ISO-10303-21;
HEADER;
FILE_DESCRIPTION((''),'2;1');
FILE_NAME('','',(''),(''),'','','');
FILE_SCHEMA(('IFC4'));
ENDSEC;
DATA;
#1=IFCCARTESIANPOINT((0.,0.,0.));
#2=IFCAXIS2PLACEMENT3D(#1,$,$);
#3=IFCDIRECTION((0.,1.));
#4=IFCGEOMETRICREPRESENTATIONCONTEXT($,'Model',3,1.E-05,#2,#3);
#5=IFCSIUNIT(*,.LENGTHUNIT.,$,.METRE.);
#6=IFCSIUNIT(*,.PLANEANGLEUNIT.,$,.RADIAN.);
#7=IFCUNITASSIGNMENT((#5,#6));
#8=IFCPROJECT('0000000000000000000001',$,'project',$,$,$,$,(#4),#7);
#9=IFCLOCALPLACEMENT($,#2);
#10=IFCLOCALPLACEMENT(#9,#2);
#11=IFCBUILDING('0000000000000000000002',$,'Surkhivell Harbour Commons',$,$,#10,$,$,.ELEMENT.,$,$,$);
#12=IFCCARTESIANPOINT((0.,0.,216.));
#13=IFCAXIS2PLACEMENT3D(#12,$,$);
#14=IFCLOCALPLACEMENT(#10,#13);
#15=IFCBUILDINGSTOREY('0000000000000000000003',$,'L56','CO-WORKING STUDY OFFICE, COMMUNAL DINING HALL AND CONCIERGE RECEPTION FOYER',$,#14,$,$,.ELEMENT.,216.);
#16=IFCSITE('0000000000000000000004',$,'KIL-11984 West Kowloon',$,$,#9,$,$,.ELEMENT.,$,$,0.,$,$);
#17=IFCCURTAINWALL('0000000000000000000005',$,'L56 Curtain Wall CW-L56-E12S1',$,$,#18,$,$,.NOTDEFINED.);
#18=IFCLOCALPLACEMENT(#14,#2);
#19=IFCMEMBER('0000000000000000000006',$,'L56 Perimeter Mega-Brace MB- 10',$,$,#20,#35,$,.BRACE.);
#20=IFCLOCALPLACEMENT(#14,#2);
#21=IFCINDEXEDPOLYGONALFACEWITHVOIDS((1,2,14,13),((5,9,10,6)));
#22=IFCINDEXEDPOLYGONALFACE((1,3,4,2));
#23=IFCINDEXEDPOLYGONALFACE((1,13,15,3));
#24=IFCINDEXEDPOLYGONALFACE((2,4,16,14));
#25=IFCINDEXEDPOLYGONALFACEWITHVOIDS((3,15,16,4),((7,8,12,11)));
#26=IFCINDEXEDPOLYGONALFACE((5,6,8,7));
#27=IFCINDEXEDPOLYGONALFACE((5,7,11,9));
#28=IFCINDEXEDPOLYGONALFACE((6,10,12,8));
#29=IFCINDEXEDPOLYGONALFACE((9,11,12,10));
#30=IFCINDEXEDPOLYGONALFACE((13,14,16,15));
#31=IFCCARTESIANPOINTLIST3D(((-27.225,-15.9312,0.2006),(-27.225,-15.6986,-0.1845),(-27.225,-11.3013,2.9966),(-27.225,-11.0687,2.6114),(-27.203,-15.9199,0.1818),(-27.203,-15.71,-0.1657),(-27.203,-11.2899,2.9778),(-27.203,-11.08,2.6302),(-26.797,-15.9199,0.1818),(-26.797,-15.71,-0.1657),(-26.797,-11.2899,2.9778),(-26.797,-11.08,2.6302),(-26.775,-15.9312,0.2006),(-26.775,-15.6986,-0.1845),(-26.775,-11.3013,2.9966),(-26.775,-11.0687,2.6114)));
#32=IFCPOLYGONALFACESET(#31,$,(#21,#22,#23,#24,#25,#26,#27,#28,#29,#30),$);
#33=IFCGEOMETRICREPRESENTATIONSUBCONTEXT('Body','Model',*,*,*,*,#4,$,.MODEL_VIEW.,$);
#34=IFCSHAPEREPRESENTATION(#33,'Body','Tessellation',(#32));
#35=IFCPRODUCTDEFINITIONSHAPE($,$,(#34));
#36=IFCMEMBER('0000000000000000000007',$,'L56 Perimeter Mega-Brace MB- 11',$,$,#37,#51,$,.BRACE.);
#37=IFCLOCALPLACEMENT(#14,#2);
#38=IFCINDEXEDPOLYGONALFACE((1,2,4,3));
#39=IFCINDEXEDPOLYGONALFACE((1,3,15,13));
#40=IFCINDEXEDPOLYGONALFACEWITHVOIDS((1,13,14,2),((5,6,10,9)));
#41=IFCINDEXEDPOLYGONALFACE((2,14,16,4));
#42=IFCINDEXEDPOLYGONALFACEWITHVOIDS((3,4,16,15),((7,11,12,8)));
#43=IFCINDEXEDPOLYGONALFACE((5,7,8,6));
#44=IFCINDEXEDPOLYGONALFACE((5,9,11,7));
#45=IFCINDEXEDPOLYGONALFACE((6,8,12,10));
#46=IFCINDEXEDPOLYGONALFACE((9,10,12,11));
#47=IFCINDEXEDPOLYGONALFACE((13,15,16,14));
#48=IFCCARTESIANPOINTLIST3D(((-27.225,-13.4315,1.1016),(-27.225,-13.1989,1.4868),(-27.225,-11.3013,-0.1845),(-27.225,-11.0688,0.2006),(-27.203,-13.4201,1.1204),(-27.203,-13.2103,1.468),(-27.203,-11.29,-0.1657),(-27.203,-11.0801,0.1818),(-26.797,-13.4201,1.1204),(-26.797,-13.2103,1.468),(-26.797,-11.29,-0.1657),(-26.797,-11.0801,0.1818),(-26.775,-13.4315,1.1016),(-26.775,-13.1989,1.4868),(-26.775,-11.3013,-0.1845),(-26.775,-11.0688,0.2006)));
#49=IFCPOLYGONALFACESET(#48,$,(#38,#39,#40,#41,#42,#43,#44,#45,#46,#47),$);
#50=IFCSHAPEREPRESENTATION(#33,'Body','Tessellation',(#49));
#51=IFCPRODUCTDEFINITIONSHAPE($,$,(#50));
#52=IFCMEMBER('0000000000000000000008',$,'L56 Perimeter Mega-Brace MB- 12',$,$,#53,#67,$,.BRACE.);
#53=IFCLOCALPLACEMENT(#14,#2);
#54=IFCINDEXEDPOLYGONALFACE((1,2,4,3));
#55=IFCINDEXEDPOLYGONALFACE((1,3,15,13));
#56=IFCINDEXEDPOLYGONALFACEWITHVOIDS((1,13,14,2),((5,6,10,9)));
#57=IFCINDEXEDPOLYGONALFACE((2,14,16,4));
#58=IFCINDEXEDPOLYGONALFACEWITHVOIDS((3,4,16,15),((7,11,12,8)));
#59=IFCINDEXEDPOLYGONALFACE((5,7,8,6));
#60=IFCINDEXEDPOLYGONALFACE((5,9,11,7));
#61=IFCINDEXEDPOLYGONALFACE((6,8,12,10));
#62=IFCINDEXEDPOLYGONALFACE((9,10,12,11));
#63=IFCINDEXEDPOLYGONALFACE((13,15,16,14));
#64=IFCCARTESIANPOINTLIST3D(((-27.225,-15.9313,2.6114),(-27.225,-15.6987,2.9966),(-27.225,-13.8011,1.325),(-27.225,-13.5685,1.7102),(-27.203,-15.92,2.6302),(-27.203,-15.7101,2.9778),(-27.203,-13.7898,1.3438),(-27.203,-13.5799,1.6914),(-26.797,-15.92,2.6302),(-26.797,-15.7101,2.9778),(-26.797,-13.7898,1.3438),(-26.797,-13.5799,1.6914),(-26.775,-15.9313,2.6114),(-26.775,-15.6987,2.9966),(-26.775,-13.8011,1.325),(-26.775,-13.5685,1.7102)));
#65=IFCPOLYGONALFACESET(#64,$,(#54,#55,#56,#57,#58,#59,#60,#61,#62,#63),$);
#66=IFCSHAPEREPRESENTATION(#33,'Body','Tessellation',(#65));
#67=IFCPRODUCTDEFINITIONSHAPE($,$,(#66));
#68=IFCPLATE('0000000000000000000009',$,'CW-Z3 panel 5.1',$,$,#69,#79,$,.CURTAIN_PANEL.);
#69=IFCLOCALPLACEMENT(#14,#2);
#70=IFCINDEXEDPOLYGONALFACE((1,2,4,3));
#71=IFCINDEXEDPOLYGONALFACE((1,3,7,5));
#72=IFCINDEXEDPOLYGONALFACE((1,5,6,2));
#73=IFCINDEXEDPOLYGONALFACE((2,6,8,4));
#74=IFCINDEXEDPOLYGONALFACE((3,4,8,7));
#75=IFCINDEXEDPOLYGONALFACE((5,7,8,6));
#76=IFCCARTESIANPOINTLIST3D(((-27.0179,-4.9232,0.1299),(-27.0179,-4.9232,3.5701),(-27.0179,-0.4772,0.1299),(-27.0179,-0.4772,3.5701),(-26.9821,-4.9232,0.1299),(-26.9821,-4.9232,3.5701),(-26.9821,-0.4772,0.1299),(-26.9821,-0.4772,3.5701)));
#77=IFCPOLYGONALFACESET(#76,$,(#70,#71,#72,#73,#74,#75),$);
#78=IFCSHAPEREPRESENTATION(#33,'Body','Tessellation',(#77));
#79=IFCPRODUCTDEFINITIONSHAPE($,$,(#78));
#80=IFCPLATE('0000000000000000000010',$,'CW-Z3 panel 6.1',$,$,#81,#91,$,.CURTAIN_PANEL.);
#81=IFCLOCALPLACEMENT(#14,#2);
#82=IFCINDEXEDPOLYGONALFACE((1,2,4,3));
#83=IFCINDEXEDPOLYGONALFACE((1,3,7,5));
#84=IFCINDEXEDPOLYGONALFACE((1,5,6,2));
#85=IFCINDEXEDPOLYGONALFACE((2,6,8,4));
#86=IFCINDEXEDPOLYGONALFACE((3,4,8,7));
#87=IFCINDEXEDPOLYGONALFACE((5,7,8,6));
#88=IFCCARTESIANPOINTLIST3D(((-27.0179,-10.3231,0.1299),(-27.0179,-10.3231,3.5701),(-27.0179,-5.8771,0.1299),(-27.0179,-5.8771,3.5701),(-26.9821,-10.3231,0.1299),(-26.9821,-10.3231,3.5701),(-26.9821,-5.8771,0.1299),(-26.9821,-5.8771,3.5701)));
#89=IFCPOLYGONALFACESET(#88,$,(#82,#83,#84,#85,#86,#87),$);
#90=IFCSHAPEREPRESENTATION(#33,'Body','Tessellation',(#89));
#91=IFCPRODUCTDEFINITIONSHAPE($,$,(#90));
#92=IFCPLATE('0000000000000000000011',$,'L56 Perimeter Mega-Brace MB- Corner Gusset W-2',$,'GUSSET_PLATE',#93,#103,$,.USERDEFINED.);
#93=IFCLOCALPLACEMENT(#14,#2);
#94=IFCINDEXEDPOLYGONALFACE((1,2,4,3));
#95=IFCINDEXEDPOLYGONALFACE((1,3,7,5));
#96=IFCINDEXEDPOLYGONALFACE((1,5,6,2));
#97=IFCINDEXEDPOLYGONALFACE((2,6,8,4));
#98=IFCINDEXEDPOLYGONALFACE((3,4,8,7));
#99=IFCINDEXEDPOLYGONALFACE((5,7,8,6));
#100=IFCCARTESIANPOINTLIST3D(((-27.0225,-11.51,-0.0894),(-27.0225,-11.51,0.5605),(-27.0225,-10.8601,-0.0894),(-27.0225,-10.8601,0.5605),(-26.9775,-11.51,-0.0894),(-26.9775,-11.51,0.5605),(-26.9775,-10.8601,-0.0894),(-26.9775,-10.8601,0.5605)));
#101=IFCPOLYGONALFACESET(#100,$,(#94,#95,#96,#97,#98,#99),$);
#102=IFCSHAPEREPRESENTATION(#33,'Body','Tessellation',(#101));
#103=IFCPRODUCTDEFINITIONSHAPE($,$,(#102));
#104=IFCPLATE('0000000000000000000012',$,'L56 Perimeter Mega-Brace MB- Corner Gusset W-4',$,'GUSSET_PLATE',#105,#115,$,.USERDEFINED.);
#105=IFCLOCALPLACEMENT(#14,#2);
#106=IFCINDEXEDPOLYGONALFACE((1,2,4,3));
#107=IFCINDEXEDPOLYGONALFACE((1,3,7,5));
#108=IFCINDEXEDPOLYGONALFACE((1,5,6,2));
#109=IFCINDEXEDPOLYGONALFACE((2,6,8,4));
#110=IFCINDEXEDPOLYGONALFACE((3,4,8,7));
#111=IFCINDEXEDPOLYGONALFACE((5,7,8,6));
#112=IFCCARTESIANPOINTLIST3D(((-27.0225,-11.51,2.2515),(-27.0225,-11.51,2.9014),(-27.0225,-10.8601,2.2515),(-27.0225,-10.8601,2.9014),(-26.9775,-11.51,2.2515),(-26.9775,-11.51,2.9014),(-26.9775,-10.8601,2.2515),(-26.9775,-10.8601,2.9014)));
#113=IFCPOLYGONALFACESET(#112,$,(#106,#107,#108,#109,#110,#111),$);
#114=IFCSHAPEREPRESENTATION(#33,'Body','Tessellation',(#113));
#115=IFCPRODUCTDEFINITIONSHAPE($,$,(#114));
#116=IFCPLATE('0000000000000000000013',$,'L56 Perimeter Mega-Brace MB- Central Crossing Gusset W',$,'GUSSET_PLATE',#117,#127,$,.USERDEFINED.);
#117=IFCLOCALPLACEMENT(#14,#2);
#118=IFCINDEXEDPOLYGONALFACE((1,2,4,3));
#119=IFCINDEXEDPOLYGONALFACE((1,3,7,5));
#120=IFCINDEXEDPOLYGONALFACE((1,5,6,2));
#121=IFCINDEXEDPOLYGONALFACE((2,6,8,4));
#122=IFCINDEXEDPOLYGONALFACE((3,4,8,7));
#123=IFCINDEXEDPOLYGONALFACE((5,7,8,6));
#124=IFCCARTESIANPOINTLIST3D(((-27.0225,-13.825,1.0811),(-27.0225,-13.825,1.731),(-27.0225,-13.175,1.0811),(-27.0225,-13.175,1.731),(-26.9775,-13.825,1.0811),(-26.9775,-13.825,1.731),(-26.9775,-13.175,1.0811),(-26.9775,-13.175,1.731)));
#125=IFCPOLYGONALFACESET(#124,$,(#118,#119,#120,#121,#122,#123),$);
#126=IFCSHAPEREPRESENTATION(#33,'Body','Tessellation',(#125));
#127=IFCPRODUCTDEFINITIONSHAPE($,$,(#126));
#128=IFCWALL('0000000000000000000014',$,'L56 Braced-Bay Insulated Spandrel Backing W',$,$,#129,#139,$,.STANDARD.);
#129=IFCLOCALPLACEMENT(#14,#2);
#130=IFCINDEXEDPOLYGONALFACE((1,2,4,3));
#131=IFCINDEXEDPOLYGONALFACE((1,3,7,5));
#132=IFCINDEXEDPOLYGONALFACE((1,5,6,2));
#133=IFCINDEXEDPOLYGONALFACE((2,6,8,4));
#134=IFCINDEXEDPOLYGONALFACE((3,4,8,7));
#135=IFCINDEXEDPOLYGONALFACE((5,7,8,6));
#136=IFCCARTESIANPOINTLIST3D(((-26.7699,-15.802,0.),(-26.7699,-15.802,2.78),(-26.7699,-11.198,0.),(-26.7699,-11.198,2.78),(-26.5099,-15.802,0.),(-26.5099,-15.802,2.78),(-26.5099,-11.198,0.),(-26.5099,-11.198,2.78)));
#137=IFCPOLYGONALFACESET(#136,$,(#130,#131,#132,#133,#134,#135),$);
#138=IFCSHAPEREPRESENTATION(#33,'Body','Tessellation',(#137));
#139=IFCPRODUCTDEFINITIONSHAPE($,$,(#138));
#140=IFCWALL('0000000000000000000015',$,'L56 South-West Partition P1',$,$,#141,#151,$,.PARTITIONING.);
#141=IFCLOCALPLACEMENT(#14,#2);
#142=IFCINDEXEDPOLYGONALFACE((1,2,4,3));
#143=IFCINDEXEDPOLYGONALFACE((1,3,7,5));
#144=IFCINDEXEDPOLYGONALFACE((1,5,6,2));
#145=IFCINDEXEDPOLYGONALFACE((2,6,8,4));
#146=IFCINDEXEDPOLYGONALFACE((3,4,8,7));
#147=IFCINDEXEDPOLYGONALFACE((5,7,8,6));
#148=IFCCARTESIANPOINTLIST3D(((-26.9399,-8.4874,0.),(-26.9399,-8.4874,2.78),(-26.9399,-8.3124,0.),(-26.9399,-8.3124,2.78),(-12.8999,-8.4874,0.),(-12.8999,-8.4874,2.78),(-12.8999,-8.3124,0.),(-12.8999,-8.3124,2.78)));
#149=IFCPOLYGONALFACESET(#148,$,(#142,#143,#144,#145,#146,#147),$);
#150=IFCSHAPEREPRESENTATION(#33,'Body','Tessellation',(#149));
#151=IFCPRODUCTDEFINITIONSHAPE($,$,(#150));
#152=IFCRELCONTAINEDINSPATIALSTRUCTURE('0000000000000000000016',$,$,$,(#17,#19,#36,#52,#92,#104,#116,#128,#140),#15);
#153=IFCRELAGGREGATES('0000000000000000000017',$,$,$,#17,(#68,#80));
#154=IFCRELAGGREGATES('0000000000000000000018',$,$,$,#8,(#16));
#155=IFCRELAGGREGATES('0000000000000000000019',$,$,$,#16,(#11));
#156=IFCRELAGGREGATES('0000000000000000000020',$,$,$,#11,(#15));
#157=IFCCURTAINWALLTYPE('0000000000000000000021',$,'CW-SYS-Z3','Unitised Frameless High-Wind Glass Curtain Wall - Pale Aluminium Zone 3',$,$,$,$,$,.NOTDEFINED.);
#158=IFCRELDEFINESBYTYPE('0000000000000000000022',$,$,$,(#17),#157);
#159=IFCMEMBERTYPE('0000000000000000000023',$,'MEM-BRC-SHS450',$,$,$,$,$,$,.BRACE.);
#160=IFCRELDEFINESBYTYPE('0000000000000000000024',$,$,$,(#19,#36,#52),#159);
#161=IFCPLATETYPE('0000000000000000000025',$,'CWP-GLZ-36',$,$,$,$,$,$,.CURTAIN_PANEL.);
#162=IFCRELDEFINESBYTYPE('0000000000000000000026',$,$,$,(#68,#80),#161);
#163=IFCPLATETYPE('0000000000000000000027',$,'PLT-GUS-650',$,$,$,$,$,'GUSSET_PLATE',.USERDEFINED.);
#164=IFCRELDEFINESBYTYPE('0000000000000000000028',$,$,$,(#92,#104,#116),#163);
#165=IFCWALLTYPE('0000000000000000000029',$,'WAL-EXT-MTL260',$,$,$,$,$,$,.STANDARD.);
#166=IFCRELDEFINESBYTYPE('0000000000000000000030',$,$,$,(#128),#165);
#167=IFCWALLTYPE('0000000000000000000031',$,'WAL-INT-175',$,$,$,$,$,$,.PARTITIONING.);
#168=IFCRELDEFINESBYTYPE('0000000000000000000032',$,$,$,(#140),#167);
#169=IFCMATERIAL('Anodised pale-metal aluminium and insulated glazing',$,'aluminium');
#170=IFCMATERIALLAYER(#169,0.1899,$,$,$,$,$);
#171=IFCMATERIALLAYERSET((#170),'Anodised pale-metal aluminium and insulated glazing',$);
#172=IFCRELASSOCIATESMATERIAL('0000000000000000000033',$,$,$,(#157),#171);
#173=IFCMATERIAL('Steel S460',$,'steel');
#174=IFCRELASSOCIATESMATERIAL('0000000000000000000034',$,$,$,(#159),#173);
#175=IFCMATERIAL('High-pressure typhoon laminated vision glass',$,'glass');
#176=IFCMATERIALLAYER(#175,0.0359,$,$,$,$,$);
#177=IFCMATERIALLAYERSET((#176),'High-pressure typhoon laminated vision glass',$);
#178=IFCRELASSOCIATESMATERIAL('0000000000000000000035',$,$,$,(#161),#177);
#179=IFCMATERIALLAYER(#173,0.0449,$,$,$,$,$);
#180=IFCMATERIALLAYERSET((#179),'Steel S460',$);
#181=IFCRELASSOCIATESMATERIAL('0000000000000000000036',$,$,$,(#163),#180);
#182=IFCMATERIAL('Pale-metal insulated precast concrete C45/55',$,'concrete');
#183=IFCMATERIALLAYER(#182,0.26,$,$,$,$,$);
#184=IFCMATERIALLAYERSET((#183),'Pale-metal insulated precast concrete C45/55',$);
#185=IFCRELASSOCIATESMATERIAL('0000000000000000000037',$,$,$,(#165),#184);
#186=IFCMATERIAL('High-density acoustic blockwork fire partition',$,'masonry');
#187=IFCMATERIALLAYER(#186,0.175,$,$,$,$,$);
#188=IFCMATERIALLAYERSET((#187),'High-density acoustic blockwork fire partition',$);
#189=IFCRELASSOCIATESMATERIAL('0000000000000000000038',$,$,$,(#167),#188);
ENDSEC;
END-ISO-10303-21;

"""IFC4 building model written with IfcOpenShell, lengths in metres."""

from ifc_helpers import new_model, si_unit, direction, frame, frame_2d, origin, origin_2d, place, context, subcontext, project, spatial, rectangle, hollow_rectangle, extrude, material, layer, layer_set, material_profile, profile_set, type_object, element, aggregate, save


model = new_model("IFC4")

# Units and contexts
model_context = context("Model", 3, precision=1e-05, world=origin(), true_north=direction((0.0, 1.0)))
body_context = subcontext(model_context, "Body", "Model", "MODEL_VIEW")
ifc_project = project(units=[si_unit("LENGTHUNIT", "METRE"), si_unit("PLANEANGLEUNIT", "RADIAN")], contexts=[model_context])

# Site, building, storey
site_placement = place(None, origin())
site = spatial("IfcSite", under=ifc_project, at=site_placement, Name="KIL-11984 West Kowloon", CompositionType="ELEMENT", RefElevation=0.0)
building_placement = place(site_placement, origin())
building = spatial("IfcBuilding", under=site, at=building_placement, Name="Surkhivell Harbour Commons", CompositionType="ELEMENT")
storey_placement = place(building_placement, frame((0.0, 0.0, 216.0)))
storey = spatial("IfcBuildingStorey", under=building, at=storey_placement, Name="L56", Description="CO-WORKING STUDY OFFICE, COMMUNAL DINING HALL AND CONCIERGE RECEPTION FOYER", CompositionType="ELEMENT", Elevation=216.0)

# Curtain wall
ifc_material_1 = material(Name="Anodised pale-metal aluminium and insulated glazing", Category="aluminium")
ifc_layer_1 = layer(ifc_material_1, 0.1899)
ifc_layer_set_1 = layer_set([ifc_layer_1], Name="Anodised pale-metal aluminium and insulated glazing")
curtain_wall_type = type_object("IfcCurtainWallType", Name="CW-SYS-Z3", Description="Unitised Frameless High-Wind Glass Curtain Wall - Pale Aluminium Zone 3", PredefinedType="NOTDEFINED", material=ifc_layer_set_1)
curtain_wall_placement = place(storey_placement, origin())
curtain_wall = element("IfcCurtainWall", 1, at=curtain_wall_placement, inside=storey, type_object=curtain_wall_type, Name="L56 Curtain Wall CW-L56-E12S1", PredefinedType="NOTDEFINED")

# Members
ifc_material_2 = material(Name="Steel S460", Category="steel")
ifc_material_profile_1 = material_profile(ifc_material_2, hollow_rectangle(XDim=0.45, YDim=0.45, WallThickness=0.022, at=origin_2d()), Name="SHS450x450x22")
ifc_profile_set_1 = profile_set([ifc_material_profile_1], Name="Steel S460")
member_type_1 = type_object("IfcMemberType", Name="MEM-BRC-SHS450", PredefinedType="BRACE", material=ifc_profile_set_1)
member_1_placement = place(storey_placement, frame((-27.0, -15.8149, 0.0081), z_axis=(0.0, 0.856024, 0.516937), x_axis=(-1.0, 0.0, 0.0)))
element("IfcMember", 2, at=member_1_placement, inside=storey, type_object=member_type_1, Name="L56 Perimeter Mega-Brace MB- 10", PredefinedType="BRACE", context=body_context, shape_type="SweptSolid", body=[
    extrude(hollow_rectangle(XDim=0.45, YDim=0.45, WallThickness=0.022, at=origin_2d()), origin(), (0.0, 0.0, 1.0), 5.4087),
])
member_2_placement = place(storey_placement, frame((-27.0, -11.1851, 0.0081), z_axis=(0.0, -0.856061, 0.516875), x_axis=(1.0, 0.0, 0.0)))
element("IfcMember", 3, at=member_2_placement, inside=storey, type_object=member_type_1, Name="L56 Perimeter Mega-Brace MB- 11", PredefinedType="BRACE", context=body_context, shape_type="SweptSolid", body=[
    extrude(hollow_rectangle(XDim=0.45, YDim=0.45, WallThickness=0.022, at=origin_2d()), origin(), (0.0, 0.0, 1.0), 2.4883),
])
member_3_placement = place(storey_placement, frame((-27.0, -13.6848, 1.5176), z_axis=(0.0, -0.856018, 0.516946), x_axis=(1.0, 0.0, 0.0)))
element("IfcMember", 4, at=member_3_placement, inside=storey, type_object=member_type_1, Name="L56 Perimeter Mega-Brace MB- 12", PredefinedType="BRACE", context=body_context, shape_type="SweptSolid", body=[
    extrude(hollow_rectangle(XDim=0.45, YDim=0.45, WallThickness=0.022, at=origin_2d()), origin(), (0.0, 0.0, 1.0), 2.4885),
])

# Plates
ifc_material_3 = material(Name="High-pressure typhoon laminated vision glass", Category="glass")
ifc_layer_2 = layer(ifc_material_3, 0.0359)
ifc_layer_set_2 = layer_set([ifc_layer_2], Name="High-pressure typhoon laminated vision glass")
plate_type_1 = type_object("IfcPlateType", Name="CWP-GLZ-36", PredefinedType="CURTAIN_PANEL", material=ifc_layer_set_2)
plate_1_placement = place(storey_placement, frame((-27.0, -0.4771, 0.1299), z_axis=(0.0, 0.0, 1.0), x_axis=(0.0, -1.0, 0.0)))
plate_1 = element("IfcPlate", 5, at=plate_1_placement, type_object=plate_type_1, Name="CW-Z3 panel 5.1", PredefinedType="CURTAIN_PANEL", context=body_context, shape_type="SweptSolid", body=[
    extrude(rectangle(XDim=4.446, YDim=0.0359, at=frame_2d((2.2231, 0.0))), origin(), (0.0, 0.0, 1.0), 3.4402),
])
plate_2_placement = place(storey_placement, frame((-27.0, -5.877, 0.1299), z_axis=(0.0, 0.0, 1.0), x_axis=(0.0, -1.0, 0.0)))
plate_2 = element("IfcPlate", 6, at=plate_2_placement, type_object=plate_type_1, Name="CW-Z3 panel 6.1", PredefinedType="CURTAIN_PANEL", context=body_context, shape_type="SweptSolid", body=[
    extrude(rectangle(XDim=4.446, YDim=0.0359, at=frame_2d((2.2231, 0.0))), origin(), (0.0, 0.0, 1.0), 3.4402),
])
aggregate(curtain_wall, [plate_1, plate_2])

# Plates
ifc_layer_3 = layer(ifc_material_2, 0.0449)
ifc_layer_set_3 = layer_set([ifc_layer_3], Name="Steel S460")
plate_type_2 = type_object("IfcPlateType", Name="PLT-GUS-650", ElementType="GUSSET_PLATE", PredefinedType="USERDEFINED", material=ifc_layer_set_3)
for number, where, z_axis, x_axis, name in (
    (7, (-27.0, -11.1851, -0.0894), (0.0, 0.0, 1.0), (0.0, 1.0, 0.0), "L56 Perimeter Mega-Brace MB- Corner Gusset W-2"),
    (8, (-27.0, -11.1851, 2.2515), (0.0, 0.0, 1.0), (0.0, 1.0, 0.0), "L56 Perimeter Mega-Brace MB- Corner Gusset W-4"),
    (9, (-27.0, -13.5, 1.0811), (0.0, 0.0, 1.0), (0.0, 1.0, 0.0), "L56 Perimeter Mega-Brace MB- Central Crossing Gusset W"),
):
    element("IfcPlate", number, at=place(storey_placement, frame(where, z_axis=z_axis, x_axis=x_axis)), inside=storey, type_object=plate_type_2, Name=name, ObjectType="GUSSET_PLATE", PredefinedType="USERDEFINED", context=body_context, shape_type="SweptSolid", body=[
        extrude(rectangle(XDim=0.6499, YDim=0.0449, at=origin_2d()), origin(), (0.0, 0.0, 1.0), 0.6499),
    ])

# Walls
ifc_material_4 = material(Name="Pale-metal insulated precast concrete C45/55", Category="concrete")
ifc_layer_4 = layer(ifc_material_4, 0.26)
ifc_layer_set_4 = layer_set([ifc_layer_4], Name="Pale-metal insulated precast concrete C45/55")
wall_type_1 = type_object("IfcWallType", Name="WAL-EXT-MTL260", PredefinedType="STANDARD", material=ifc_layer_set_4)
wall_1_placement = place(storey_placement, frame((-26.6399, -11.198, 0.0), z_axis=(0.0, 0.0, 1.0), x_axis=(0.0, -1.0, 0.0)))
element("IfcWall", 10, at=wall_1_placement, inside=storey, type_object=wall_type_1, Name="L56 Braced-Bay Insulated Spandrel Backing W", PredefinedType="STANDARD", context=body_context, shape_type="SweptSolid", body=[
    extrude(rectangle(XDim=4.604, YDim=0.26, at=frame_2d((2.302, 0.0))), origin(), (0.0, 0.0, 1.0), 2.78),
])
ifc_material_5 = material(Name="High-density acoustic blockwork fire partition", Category="masonry")
ifc_layer_5 = layer(ifc_material_5, 0.175)
ifc_layer_set_5 = layer_set([ifc_layer_5], Name="High-density acoustic blockwork fire partition")
wall_type_2 = type_object("IfcWallType", Name="WAL-INT-175", PredefinedType="PARTITIONING", material=ifc_layer_set_5)
wall_2_placement = place(storey_placement, frame((-26.9399, -8.3999, 0.0), z_axis=(0.0, 0.0, 1.0), x_axis=(1.0, 0.0, 0.0)))
element("IfcWall", 11, at=wall_2_placement, inside=storey, type_object=wall_type_2, Name="L56 South-West Partition P1", PredefinedType="PARTITIONING", context=body_context, shape_type="SweptSolid", body=[
    extrude(rectangle(XDim=14.04, YDim=0.175, at=frame_2d((7.02, 0.0))), origin(), (0.0, 0.0, 1.0), 2.78),
])

save(model, "model.ifc")
